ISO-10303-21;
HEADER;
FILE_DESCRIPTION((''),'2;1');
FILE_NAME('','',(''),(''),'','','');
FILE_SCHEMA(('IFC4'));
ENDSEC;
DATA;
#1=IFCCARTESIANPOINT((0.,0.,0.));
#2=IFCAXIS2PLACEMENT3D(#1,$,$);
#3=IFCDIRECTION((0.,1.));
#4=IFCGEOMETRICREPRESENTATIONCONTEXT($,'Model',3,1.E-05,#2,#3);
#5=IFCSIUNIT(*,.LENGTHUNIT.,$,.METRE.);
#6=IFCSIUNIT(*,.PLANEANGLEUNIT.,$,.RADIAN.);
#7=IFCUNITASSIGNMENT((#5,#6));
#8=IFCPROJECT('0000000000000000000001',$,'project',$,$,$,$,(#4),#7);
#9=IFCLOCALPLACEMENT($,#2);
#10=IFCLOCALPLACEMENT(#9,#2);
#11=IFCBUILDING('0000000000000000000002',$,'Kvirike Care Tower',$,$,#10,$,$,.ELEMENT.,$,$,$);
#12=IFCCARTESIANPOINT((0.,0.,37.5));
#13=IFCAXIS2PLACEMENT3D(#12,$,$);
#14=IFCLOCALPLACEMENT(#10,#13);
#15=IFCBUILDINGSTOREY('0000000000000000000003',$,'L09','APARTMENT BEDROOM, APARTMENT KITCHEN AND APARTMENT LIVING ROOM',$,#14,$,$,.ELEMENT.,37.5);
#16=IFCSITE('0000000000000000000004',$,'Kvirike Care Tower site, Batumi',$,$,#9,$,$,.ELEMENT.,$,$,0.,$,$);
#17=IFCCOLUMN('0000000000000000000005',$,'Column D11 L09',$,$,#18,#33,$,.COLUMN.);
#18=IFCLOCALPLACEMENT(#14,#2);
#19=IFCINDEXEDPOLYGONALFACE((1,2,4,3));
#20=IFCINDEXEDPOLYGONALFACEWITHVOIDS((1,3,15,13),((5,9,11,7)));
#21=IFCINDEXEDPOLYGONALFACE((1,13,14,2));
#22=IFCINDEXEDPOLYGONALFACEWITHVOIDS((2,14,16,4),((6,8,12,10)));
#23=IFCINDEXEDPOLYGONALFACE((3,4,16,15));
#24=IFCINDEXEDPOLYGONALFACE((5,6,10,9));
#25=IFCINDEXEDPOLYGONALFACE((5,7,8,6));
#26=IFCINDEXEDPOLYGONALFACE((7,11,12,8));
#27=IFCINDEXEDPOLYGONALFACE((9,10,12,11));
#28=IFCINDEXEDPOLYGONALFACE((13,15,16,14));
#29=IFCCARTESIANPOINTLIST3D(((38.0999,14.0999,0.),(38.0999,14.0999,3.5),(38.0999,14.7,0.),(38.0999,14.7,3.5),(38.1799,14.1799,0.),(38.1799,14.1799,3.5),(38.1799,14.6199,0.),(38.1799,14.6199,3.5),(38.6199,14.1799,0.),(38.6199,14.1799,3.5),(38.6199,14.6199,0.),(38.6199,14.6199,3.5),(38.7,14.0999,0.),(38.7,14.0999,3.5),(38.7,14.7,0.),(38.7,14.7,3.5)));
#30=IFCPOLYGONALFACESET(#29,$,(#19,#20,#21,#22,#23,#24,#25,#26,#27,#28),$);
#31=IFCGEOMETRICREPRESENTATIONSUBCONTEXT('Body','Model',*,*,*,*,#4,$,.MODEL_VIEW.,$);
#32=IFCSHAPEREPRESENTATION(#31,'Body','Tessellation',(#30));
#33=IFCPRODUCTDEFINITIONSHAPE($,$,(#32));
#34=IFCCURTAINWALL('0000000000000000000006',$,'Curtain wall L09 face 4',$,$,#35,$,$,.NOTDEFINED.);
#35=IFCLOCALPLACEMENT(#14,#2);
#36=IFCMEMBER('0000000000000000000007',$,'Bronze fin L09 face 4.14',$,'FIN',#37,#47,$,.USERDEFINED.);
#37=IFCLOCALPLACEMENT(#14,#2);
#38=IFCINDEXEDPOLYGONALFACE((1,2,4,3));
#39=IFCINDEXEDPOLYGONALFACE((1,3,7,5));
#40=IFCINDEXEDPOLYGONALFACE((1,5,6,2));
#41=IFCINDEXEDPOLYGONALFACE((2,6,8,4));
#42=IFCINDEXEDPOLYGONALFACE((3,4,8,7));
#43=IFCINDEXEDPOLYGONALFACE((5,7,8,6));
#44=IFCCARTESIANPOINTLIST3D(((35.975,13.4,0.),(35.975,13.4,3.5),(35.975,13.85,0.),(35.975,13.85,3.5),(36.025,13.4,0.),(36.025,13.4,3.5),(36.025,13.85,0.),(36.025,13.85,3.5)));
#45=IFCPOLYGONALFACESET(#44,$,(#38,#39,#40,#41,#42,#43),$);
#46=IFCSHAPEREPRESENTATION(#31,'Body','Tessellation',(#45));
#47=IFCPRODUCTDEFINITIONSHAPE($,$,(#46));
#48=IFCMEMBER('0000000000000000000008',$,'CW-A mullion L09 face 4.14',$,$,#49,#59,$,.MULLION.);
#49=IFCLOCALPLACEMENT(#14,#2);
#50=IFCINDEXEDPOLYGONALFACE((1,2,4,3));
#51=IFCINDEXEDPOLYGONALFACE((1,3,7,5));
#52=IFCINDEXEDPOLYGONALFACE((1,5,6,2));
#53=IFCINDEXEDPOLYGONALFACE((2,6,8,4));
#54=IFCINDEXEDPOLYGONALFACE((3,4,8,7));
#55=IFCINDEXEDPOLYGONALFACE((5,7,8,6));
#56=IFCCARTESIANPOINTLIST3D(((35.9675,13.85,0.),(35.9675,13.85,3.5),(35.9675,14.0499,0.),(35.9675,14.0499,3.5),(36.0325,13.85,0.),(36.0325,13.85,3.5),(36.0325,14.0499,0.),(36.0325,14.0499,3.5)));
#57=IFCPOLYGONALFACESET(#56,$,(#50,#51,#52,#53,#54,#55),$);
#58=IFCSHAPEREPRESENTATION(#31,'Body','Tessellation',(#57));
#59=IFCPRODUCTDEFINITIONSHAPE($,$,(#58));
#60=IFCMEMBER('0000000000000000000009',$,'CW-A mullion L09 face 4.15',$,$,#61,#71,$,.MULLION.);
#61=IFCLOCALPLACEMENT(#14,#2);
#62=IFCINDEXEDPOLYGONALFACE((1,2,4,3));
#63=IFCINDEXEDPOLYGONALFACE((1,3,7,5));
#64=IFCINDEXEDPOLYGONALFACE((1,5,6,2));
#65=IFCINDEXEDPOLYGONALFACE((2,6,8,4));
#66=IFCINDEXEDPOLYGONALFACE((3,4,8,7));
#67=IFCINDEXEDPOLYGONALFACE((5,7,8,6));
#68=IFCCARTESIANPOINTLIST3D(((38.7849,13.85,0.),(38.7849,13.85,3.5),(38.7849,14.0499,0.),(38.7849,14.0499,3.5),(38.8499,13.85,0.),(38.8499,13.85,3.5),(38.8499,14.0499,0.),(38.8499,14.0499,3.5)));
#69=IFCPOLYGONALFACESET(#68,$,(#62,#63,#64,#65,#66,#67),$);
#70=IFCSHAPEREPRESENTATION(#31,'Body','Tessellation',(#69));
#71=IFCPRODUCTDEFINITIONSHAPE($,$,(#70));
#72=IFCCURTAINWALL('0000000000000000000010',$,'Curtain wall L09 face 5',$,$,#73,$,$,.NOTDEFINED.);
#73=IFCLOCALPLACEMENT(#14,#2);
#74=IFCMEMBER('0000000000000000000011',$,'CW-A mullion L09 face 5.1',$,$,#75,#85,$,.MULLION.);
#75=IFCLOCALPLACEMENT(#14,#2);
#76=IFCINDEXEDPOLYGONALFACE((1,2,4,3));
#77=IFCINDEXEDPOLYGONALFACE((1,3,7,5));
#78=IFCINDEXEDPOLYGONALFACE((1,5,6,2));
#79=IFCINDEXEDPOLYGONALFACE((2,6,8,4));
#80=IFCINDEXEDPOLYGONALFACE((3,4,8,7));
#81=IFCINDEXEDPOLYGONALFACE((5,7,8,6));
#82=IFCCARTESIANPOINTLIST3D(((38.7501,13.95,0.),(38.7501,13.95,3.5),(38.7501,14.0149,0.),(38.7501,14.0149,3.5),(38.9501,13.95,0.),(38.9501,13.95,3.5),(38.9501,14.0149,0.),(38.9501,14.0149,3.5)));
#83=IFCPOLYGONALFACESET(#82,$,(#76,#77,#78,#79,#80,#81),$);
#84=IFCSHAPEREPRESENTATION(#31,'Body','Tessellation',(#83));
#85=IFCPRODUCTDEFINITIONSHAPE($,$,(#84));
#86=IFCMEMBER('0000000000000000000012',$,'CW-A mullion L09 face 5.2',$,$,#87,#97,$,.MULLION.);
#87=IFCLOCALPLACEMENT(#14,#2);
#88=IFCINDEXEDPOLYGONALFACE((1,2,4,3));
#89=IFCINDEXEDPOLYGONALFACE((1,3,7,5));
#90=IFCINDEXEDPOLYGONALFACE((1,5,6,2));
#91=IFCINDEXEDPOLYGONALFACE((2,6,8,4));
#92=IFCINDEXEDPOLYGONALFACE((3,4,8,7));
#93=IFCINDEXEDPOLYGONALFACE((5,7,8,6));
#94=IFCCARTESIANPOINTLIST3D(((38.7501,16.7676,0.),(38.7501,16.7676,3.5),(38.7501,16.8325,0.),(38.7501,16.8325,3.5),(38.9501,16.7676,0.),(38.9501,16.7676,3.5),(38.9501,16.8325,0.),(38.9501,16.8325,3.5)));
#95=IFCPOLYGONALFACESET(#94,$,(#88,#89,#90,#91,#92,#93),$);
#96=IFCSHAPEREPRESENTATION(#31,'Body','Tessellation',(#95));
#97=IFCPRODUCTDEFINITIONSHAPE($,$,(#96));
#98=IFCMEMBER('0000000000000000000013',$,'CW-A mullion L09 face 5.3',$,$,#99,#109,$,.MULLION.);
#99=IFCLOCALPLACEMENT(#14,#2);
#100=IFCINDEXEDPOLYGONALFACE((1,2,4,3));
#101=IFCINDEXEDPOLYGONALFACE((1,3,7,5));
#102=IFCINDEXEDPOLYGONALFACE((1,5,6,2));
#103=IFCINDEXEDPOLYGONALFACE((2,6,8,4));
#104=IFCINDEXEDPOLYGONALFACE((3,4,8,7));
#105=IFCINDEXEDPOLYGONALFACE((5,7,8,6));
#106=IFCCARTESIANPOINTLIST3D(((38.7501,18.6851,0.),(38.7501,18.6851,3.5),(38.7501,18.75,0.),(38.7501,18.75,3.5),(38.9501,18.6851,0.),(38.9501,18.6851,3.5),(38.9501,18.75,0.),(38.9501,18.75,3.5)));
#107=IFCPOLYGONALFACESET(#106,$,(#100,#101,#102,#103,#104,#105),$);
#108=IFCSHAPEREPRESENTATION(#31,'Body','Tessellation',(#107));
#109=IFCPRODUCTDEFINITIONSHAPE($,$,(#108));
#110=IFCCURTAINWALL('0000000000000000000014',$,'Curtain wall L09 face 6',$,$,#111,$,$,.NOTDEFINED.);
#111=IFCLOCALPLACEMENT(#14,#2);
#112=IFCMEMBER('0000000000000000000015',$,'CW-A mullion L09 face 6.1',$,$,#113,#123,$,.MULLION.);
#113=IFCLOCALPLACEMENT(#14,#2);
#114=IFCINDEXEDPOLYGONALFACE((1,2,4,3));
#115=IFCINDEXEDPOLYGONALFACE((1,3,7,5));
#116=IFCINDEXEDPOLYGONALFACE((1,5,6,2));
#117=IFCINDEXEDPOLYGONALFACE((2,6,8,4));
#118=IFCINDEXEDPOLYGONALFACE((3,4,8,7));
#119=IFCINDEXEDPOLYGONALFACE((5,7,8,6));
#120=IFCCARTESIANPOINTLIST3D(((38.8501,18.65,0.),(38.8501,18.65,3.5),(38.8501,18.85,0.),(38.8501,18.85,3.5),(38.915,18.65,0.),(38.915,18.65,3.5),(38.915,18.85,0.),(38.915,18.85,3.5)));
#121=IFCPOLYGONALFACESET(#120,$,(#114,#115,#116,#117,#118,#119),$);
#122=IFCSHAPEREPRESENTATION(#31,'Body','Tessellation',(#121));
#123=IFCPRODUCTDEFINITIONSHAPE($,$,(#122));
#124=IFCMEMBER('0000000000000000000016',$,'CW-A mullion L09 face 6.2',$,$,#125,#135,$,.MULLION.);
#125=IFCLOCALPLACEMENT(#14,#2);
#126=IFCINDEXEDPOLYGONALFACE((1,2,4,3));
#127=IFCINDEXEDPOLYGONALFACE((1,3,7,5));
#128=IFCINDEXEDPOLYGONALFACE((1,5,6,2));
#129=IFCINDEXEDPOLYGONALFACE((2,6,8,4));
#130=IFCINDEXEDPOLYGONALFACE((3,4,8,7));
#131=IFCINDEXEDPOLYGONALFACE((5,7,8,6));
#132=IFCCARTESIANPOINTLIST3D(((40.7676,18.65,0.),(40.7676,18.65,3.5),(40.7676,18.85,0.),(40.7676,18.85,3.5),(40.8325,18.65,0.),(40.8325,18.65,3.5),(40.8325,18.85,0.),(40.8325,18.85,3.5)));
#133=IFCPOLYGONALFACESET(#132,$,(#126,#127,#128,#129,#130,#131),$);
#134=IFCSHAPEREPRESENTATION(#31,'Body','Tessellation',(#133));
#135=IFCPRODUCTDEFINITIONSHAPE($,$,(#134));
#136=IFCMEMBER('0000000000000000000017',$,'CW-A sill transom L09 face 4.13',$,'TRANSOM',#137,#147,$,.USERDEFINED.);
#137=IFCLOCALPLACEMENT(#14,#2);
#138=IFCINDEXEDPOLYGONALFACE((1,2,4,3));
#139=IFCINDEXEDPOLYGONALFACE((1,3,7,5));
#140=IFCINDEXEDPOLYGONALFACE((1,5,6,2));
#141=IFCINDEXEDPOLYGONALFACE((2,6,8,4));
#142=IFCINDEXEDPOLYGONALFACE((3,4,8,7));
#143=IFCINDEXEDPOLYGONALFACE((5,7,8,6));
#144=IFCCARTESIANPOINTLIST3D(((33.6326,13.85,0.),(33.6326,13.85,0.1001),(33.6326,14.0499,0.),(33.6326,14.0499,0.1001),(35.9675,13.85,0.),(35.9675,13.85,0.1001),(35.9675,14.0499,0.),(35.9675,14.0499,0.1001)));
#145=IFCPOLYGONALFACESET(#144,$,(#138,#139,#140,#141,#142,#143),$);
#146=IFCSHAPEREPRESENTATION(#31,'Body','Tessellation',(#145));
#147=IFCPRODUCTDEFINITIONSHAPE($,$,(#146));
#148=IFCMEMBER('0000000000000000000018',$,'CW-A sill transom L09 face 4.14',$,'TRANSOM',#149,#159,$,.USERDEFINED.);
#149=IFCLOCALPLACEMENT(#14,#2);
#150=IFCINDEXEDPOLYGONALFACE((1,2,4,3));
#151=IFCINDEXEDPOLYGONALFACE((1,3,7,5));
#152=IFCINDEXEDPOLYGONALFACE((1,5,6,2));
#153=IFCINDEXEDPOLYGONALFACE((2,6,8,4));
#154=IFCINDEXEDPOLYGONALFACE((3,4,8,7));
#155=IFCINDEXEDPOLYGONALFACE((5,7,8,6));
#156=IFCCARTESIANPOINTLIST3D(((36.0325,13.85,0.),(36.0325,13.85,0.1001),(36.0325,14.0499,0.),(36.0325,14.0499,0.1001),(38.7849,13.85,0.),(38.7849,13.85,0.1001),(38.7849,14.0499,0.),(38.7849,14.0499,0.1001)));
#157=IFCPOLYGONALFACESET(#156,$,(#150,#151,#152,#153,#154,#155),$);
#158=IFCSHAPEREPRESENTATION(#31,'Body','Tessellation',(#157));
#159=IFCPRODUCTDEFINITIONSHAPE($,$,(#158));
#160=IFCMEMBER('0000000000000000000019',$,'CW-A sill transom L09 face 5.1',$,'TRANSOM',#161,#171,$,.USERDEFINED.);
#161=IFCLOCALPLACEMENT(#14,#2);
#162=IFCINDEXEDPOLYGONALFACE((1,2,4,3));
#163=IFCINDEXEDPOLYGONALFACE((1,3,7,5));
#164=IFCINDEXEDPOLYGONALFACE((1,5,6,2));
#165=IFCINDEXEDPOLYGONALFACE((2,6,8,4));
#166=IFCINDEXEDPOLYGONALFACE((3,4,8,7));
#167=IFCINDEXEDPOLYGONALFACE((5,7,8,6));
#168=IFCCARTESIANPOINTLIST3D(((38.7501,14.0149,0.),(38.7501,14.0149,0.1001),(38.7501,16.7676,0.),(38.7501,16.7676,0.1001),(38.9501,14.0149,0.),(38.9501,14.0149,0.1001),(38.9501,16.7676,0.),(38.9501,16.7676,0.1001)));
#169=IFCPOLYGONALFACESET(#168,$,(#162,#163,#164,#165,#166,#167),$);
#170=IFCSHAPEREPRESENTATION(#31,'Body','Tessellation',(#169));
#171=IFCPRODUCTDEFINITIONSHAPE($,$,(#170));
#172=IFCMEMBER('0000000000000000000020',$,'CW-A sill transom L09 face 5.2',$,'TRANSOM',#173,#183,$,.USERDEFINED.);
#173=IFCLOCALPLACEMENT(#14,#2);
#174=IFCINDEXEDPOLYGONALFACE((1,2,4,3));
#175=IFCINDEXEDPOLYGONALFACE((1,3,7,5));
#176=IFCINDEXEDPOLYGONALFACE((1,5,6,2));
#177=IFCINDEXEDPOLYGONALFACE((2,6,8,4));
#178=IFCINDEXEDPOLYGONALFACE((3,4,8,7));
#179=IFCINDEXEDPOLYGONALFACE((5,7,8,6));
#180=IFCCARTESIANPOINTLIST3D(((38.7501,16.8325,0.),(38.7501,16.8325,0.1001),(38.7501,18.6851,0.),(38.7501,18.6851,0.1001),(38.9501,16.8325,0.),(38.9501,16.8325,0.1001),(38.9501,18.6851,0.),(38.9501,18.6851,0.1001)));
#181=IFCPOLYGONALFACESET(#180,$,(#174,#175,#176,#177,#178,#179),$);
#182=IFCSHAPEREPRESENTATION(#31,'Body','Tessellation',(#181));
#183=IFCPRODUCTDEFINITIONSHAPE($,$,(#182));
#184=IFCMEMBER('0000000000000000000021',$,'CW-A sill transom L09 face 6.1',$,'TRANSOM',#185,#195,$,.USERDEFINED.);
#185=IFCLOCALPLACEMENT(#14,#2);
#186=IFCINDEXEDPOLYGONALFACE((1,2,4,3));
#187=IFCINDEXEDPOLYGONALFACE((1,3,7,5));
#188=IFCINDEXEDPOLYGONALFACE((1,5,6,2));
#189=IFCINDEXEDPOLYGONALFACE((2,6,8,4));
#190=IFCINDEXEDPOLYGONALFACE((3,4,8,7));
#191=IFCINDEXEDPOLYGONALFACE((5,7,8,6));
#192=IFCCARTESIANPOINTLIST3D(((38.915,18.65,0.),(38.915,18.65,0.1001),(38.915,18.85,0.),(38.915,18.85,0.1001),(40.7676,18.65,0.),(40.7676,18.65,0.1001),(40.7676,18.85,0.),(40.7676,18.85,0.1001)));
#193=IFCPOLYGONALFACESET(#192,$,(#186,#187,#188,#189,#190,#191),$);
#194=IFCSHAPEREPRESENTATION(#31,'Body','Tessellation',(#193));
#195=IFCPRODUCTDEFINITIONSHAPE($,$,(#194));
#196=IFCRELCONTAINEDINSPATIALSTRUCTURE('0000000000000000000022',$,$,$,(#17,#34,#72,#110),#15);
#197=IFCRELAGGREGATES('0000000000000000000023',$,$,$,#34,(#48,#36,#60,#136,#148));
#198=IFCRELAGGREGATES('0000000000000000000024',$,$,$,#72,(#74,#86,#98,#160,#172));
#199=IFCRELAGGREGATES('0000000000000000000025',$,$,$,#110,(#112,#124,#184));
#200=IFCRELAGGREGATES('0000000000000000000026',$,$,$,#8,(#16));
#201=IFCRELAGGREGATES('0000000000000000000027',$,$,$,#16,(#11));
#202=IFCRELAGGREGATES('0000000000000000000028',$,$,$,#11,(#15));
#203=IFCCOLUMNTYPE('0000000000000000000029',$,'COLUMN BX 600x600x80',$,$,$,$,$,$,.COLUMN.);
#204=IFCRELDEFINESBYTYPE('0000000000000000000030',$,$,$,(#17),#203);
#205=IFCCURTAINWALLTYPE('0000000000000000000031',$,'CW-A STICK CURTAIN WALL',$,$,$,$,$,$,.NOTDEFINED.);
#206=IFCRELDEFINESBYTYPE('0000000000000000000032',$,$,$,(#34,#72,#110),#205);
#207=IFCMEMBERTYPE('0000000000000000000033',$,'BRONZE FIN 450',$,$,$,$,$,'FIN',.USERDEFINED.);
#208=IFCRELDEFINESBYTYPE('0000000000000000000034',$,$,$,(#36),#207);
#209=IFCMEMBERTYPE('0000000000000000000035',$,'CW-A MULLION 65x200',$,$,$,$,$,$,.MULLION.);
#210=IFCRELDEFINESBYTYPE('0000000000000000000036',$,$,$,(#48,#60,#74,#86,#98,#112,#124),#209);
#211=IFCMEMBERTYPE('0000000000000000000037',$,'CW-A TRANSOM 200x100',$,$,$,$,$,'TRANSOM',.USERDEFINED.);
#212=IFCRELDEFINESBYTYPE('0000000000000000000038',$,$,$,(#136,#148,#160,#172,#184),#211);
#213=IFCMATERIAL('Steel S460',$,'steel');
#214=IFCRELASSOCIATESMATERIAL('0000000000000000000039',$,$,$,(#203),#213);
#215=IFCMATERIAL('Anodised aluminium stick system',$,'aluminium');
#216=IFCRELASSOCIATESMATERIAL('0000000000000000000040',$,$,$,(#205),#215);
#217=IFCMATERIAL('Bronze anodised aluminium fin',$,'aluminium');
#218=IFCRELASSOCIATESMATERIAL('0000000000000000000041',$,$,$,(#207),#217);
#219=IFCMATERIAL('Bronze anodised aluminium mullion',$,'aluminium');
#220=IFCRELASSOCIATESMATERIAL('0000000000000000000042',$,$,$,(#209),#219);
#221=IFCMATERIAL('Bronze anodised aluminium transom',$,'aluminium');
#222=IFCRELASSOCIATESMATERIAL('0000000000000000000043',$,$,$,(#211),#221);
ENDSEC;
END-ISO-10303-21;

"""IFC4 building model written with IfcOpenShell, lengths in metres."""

from ifc_helpers import new_model, si_unit, direction, frame, origin, origin_2d, place, context, subcontext, project, spatial, rectangle, hollow_rectangle, extrude, material, material_profile, profile_set, type_object, element, aggregate, save


model = new_model("IFC4")

# Units and contexts
model_context = context("Model", 3, precision=1e-05, world=origin(), true_north=direction((0.0, 1.0)))
body_context = subcontext(model_context, "Body", "Model", "MODEL_VIEW")
ifc_project = project(units=[si_unit("LENGTHUNIT", "METRE"), si_unit("PLANEANGLEUNIT", "RADIAN")], contexts=[model_context])

# Site, building, storey
site_placement = place(None, origin())
site = spatial("IfcSite", under=ifc_project, at=site_placement, Name="Kvirike Care Tower site, Batumi", CompositionType="ELEMENT", RefElevation=0.0)
building_placement = place(site_placement, origin())
building = spatial("IfcBuilding", under=site, at=building_placement, Name="Kvirike Care Tower", CompositionType="ELEMENT")
storey_placement = place(building_placement, frame((0.0, 0.0, 37.5)))
storey = spatial("IfcBuildingStorey", under=building, at=storey_placement, Name="L09", Description="APARTMENT BEDROOM, APARTMENT KITCHEN AND APARTMENT LIVING ROOM", CompositionType="ELEMENT", Elevation=37.5)

# Column
ifc_material_1 = material(Name="Steel S460", Category="steel")
ifc_material_profile_1 = material_profile(ifc_material_1, hollow_rectangle(XDim=0.6001, YDim=0.6001, WallThickness=0.0801, at=origin_2d()), Name="BX 600x600x80")
ifc_profile_set_1 = profile_set([ifc_material_profile_1], Name="Steel S460")
column_type = type_object("IfcColumnType", Name="COLUMN BX 600x600x80", PredefinedType="COLUMN", material=ifc_profile_set_1)
column_placement = place(storey_placement, frame((38.3999, 14.3999, 0.0), z_axis=(0.0, 0.0, 1.0), x_axis=(0.0, 1.0, 0.0)))
element("IfcColumn", 1, at=column_placement, inside=storey, type_object=column_type, Name="Column D11 L09", PredefinedType="COLUMN", context=body_context, shape_type="SweptSolid", body=[
    extrude(hollow_rectangle(XDim=0.6001, YDim=0.6001, WallThickness=0.0801, at=origin_2d()), origin(), (0.0, 0.0, 1.0), 3.5),
])

# Curtain walls, members
ifc_material_2 = material(Name="Anodised aluminium stick system", Category="aluminium")
curtain_wall_type = type_object("IfcCurtainWallType", Name="CW-A STICK CURTAIN WALL", PredefinedType="NOTDEFINED", material=ifc_material_2)
curtain_wall_1_placement = place(storey_placement, origin())
curtain_wall_1 = element("IfcCurtainWall", 2, at=curtain_wall_1_placement, inside=storey, type_object=curtain_wall_type, Name="Curtain wall L09 face 4", PredefinedType="NOTDEFINED")
ifc_material_3 = material(Name="Bronze anodised aluminium fin", Category="aluminium")
ifc_material_profile_2 = material_profile(ifc_material_3, rectangle(XDim=0.05, YDim=0.45, at=origin_2d()), Name="BRONZE FIN 450")
ifc_profile_set_2 = profile_set([ifc_material_profile_2], Name="Bronze anodised aluminium fin")
member_type_1 = type_object("IfcMemberType", Name="BRONZE FIN 450", ElementType="FIN", PredefinedType="USERDEFINED", material=ifc_profile_set_2)
member_1_placement = place(storey_placement, frame((36.0, 13.625, 0.0), z_axis=(0.0, 0.0, 1.0), x_axis=(1.0, 0.0, 0.0)))
member_1 = element("IfcMember", 3, at=member_1_placement, type_object=member_type_1, Name="Bronze fin L09 face 4.14", ObjectType="FIN", PredefinedType="USERDEFINED", context=body_context, shape_type="SweptSolid", body=[
    extrude(rectangle(XDim=0.05, YDim=0.45, at=origin_2d()), origin(), (0.0, 0.0, 1.0), 3.5),
])
ifc_material_4 = material(Name="Bronze anodised aluminium mullion", Category="aluminium")
ifc_material_profile_3 = material_profile(ifc_material_4, rectangle(XDim=0.0649, YDim=0.2, at=origin_2d()), Name="CW-A MULLION 65x200")
ifc_profile_set_3 = profile_set([ifc_material_profile_3], Name="Bronze anodised aluminium mullion")
member_type_2 = type_object("IfcMemberType", Name="CW-A MULLION 65x200", PredefinedType="MULLION", material=ifc_profile_set_3)
member_2_placement = place(storey_placement, frame((36.0, 13.95, 0.0), z_axis=(0.0, 0.0, 1.0), x_axis=(1.0, 0.0, 0.0)))
member_2 = element("IfcMember", 4, at=member_2_placement, type_object=member_type_2, Name="CW-A mullion L09 face 4.14", PredefinedType="MULLION", context=body_context, shape_type="SweptSolid", body=[
    extrude(rectangle(XDim=0.0649, YDim=0.2, at=origin_2d()), origin(), (0.0, 0.0, 1.0), 3.5),
])
member_3_placement = place(storey_placement, frame((38.8174, 13.95, 0.0), z_axis=(0.0, 0.0, 1.0), x_axis=(1.0, 0.0, 0.0)))
member_3 = element("IfcMember", 5, at=member_3_placement, type_object=member_type_2, Name="CW-A mullion L09 face 4.15", PredefinedType="MULLION", context=body_context, shape_type="SweptSolid", body=[
    extrude(rectangle(XDim=0.0649, YDim=0.2, at=origin_2d()), origin(), (0.0, 0.0, 1.0), 3.5),
])
curtain_wall_2_placement = place(storey_placement, origin())
curtain_wall_2 = element("IfcCurtainWall", 6, at=curtain_wall_2_placement, inside=storey, type_object=curtain_wall_type, Name="Curtain wall L09 face 5", PredefinedType="NOTDEFINED")
member_4_placement = place(storey_placement, frame((38.8501, 13.9824, 0.0), z_axis=(0.0, 0.0, 1.0), x_axis=(0.0, 1.0, 0.0)))
member_4 = element("IfcMember", 7, at=member_4_placement, type_object=member_type_2, Name="CW-A mullion L09 face 5.1", PredefinedType="MULLION", context=body_context, shape_type="SweptSolid", body=[
    extrude(rectangle(XDim=0.0649, YDim=0.2, at=origin_2d()), origin(), (0.0, 0.0, 1.0), 3.5),
])
member_5_placement = place(storey_placement, frame((38.8501, 16.8, 0.0), z_axis=(0.0, 0.0, 1.0), x_axis=(0.0, 1.0, 0.0)))
member_5 = element("IfcMember", 8, at=member_5_placement, type_object=member_type_2, Name="CW-A mullion L09 face 5.2", PredefinedType="MULLION", context=body_context, shape_type="SweptSolid", body=[
    extrude(rectangle(XDim=0.0649, YDim=0.2, at=origin_2d()), origin(), (0.0, 0.0, 1.0), 3.5),
])
member_6_placement = place(storey_placement, frame((38.8501, 18.7175, 0.0), z_axis=(0.0, 0.0, 1.0), x_axis=(0.0, 1.0, 0.0)))
member_6 = element("IfcMember", 9, at=member_6_placement, type_object=member_type_2, Name="CW-A mullion L09 face 5.3", PredefinedType="MULLION", context=body_context, shape_type="SweptSolid", body=[
    extrude(rectangle(XDim=0.0649, YDim=0.2, at=origin_2d()), origin(), (0.0, 0.0, 1.0), 3.5),
])
curtain_wall_3_placement = place(storey_placement, origin())
curtain_wall_3 = element("IfcCurtainWall", 10, at=curtain_wall_3_placement, inside=storey, type_object=curtain_wall_type, Name="Curtain wall L09 face 6", PredefinedType="NOTDEFINED")
member_7_placement = place(storey_placement, frame((38.8826, 18.75, 0.0), z_axis=(0.0, 0.0, 1.0), x_axis=(1.0, 0.0, 0.0)))
member_7 = element("IfcMember", 11, at=member_7_placement, type_object=member_type_2, Name="CW-A mullion L09 face 6.1", PredefinedType="MULLION", context=body_context, shape_type="SweptSolid", body=[
    extrude(rectangle(XDim=0.0649, YDim=0.2, at=origin_2d()), origin(), (0.0, 0.0, 1.0), 3.5),
])
member_8_placement = place(storey_placement, frame((40.8, 18.75, 0.0), z_axis=(0.0, 0.0, 1.0), x_axis=(1.0, 0.0, 0.0)))
member_8 = element("IfcMember", 12, at=member_8_placement, type_object=member_type_2, Name="CW-A mullion L09 face 6.2", PredefinedType="MULLION", context=body_context, shape_type="SweptSolid", body=[
    extrude(rectangle(XDim=0.0649, YDim=0.2, at=origin_2d()), origin(), (0.0, 0.0, 1.0), 3.5),
])

# Members
ifc_material_5 = material(Name="Bronze anodised aluminium transom", Category="aluminium")
ifc_material_profile_4 = material_profile(ifc_material_5, rectangle(XDim=0.2, YDim=0.1001, at=origin_2d()), Name="CW-A TRANSOM 200x100")
ifc_profile_set_4 = profile_set([ifc_material_profile_4], Name="Bronze anodised aluminium transom")
member_type_3 = type_object("IfcMemberType", Name="CW-A TRANSOM 200x100", ElementType="TRANSOM", PredefinedType="USERDEFINED", material=ifc_profile_set_4)
member_9_placement = place(storey_placement, frame((33.6326, 13.95, 0.05), z_axis=(1.0, 0.0, 0.0), x_axis=(0.0, 1.0, 0.0)))
member_9 = element("IfcMember", 13, at=member_9_placement, type_object=member_type_3, Name="CW-A sill transom L09 face 4.13", ObjectType="TRANSOM", PredefinedType="USERDEFINED", context=body_context, shape_type="SweptSolid", body=[
    extrude(rectangle(XDim=0.2, YDim=0.1001, at=origin_2d()), origin(), (0.0, 0.0, 1.0), 2.335),
])
member_10_placement = place(storey_placement, frame((36.0325, 13.95, 0.05), z_axis=(1.0, 0.0, 0.0), x_axis=(0.0, 1.0, 0.0)))
member_10 = element("IfcMember", 14, at=member_10_placement, type_object=member_type_3, Name="CW-A sill transom L09 face 4.14", ObjectType="TRANSOM", PredefinedType="USERDEFINED", context=body_context, shape_type="SweptSolid", body=[
    extrude(rectangle(XDim=0.2, YDim=0.1001, at=origin_2d()), origin(), (0.0, 0.0, 1.0), 2.7524),
])
member_11_placement = place(storey_placement, frame((38.8501, 14.0149, 0.05), z_axis=(0.0, 1.0, 0.0), x_axis=(-1.0, 0.0, 0.0)))
member_11 = element("IfcMember", 15, at=member_11_placement, type_object=member_type_3, Name="CW-A sill transom L09 face 5.1", ObjectType="TRANSOM", PredefinedType="USERDEFINED", context=body_context, shape_type="SweptSolid", body=[
    extrude(rectangle(XDim=0.2, YDim=0.1001, at=origin_2d()), origin(), (0.0, 0.0, 1.0), 2.7527),
])
member_12_placement = place(storey_placement, frame((38.8501, 16.8325, 0.05), z_axis=(0.0, 1.0, 0.0), x_axis=(-1.0, 0.0, 0.0)))
member_12 = element("IfcMember", 16, at=member_12_placement, type_object=member_type_3, Name="CW-A sill transom L09 face 5.2", ObjectType="TRANSOM", PredefinedType="USERDEFINED", context=body_context, shape_type="SweptSolid", body=[
    extrude(rectangle(XDim=0.2, YDim=0.1001, at=origin_2d()), origin(), (0.0, 0.0, 1.0), 1.8525),
])
member_13_placement = place(storey_placement, frame((38.915, 18.75, 0.05), z_axis=(1.0, 0.0, 0.0), x_axis=(0.0, 1.0, 0.0)))
member_13 = element("IfcMember", 17, at=member_13_placement, type_object=member_type_3, Name="CW-A sill transom L09 face 6.1", ObjectType="TRANSOM", PredefinedType="USERDEFINED", context=body_context, shape_type="SweptSolid", body=[
    extrude(rectangle(XDim=0.2, YDim=0.1001, at=origin_2d()), origin(), (0.0, 0.0, 1.0), 1.8525),
])

aggregate(curtain_wall_1, [member_2, member_1, member_3, member_9, member_10])
aggregate(curtain_wall_2, [member_4, member_5, member_6, member_11, member_12])
aggregate(curtain_wall_3, [member_7, member_8, member_13])

save(model, "model.ifc")
